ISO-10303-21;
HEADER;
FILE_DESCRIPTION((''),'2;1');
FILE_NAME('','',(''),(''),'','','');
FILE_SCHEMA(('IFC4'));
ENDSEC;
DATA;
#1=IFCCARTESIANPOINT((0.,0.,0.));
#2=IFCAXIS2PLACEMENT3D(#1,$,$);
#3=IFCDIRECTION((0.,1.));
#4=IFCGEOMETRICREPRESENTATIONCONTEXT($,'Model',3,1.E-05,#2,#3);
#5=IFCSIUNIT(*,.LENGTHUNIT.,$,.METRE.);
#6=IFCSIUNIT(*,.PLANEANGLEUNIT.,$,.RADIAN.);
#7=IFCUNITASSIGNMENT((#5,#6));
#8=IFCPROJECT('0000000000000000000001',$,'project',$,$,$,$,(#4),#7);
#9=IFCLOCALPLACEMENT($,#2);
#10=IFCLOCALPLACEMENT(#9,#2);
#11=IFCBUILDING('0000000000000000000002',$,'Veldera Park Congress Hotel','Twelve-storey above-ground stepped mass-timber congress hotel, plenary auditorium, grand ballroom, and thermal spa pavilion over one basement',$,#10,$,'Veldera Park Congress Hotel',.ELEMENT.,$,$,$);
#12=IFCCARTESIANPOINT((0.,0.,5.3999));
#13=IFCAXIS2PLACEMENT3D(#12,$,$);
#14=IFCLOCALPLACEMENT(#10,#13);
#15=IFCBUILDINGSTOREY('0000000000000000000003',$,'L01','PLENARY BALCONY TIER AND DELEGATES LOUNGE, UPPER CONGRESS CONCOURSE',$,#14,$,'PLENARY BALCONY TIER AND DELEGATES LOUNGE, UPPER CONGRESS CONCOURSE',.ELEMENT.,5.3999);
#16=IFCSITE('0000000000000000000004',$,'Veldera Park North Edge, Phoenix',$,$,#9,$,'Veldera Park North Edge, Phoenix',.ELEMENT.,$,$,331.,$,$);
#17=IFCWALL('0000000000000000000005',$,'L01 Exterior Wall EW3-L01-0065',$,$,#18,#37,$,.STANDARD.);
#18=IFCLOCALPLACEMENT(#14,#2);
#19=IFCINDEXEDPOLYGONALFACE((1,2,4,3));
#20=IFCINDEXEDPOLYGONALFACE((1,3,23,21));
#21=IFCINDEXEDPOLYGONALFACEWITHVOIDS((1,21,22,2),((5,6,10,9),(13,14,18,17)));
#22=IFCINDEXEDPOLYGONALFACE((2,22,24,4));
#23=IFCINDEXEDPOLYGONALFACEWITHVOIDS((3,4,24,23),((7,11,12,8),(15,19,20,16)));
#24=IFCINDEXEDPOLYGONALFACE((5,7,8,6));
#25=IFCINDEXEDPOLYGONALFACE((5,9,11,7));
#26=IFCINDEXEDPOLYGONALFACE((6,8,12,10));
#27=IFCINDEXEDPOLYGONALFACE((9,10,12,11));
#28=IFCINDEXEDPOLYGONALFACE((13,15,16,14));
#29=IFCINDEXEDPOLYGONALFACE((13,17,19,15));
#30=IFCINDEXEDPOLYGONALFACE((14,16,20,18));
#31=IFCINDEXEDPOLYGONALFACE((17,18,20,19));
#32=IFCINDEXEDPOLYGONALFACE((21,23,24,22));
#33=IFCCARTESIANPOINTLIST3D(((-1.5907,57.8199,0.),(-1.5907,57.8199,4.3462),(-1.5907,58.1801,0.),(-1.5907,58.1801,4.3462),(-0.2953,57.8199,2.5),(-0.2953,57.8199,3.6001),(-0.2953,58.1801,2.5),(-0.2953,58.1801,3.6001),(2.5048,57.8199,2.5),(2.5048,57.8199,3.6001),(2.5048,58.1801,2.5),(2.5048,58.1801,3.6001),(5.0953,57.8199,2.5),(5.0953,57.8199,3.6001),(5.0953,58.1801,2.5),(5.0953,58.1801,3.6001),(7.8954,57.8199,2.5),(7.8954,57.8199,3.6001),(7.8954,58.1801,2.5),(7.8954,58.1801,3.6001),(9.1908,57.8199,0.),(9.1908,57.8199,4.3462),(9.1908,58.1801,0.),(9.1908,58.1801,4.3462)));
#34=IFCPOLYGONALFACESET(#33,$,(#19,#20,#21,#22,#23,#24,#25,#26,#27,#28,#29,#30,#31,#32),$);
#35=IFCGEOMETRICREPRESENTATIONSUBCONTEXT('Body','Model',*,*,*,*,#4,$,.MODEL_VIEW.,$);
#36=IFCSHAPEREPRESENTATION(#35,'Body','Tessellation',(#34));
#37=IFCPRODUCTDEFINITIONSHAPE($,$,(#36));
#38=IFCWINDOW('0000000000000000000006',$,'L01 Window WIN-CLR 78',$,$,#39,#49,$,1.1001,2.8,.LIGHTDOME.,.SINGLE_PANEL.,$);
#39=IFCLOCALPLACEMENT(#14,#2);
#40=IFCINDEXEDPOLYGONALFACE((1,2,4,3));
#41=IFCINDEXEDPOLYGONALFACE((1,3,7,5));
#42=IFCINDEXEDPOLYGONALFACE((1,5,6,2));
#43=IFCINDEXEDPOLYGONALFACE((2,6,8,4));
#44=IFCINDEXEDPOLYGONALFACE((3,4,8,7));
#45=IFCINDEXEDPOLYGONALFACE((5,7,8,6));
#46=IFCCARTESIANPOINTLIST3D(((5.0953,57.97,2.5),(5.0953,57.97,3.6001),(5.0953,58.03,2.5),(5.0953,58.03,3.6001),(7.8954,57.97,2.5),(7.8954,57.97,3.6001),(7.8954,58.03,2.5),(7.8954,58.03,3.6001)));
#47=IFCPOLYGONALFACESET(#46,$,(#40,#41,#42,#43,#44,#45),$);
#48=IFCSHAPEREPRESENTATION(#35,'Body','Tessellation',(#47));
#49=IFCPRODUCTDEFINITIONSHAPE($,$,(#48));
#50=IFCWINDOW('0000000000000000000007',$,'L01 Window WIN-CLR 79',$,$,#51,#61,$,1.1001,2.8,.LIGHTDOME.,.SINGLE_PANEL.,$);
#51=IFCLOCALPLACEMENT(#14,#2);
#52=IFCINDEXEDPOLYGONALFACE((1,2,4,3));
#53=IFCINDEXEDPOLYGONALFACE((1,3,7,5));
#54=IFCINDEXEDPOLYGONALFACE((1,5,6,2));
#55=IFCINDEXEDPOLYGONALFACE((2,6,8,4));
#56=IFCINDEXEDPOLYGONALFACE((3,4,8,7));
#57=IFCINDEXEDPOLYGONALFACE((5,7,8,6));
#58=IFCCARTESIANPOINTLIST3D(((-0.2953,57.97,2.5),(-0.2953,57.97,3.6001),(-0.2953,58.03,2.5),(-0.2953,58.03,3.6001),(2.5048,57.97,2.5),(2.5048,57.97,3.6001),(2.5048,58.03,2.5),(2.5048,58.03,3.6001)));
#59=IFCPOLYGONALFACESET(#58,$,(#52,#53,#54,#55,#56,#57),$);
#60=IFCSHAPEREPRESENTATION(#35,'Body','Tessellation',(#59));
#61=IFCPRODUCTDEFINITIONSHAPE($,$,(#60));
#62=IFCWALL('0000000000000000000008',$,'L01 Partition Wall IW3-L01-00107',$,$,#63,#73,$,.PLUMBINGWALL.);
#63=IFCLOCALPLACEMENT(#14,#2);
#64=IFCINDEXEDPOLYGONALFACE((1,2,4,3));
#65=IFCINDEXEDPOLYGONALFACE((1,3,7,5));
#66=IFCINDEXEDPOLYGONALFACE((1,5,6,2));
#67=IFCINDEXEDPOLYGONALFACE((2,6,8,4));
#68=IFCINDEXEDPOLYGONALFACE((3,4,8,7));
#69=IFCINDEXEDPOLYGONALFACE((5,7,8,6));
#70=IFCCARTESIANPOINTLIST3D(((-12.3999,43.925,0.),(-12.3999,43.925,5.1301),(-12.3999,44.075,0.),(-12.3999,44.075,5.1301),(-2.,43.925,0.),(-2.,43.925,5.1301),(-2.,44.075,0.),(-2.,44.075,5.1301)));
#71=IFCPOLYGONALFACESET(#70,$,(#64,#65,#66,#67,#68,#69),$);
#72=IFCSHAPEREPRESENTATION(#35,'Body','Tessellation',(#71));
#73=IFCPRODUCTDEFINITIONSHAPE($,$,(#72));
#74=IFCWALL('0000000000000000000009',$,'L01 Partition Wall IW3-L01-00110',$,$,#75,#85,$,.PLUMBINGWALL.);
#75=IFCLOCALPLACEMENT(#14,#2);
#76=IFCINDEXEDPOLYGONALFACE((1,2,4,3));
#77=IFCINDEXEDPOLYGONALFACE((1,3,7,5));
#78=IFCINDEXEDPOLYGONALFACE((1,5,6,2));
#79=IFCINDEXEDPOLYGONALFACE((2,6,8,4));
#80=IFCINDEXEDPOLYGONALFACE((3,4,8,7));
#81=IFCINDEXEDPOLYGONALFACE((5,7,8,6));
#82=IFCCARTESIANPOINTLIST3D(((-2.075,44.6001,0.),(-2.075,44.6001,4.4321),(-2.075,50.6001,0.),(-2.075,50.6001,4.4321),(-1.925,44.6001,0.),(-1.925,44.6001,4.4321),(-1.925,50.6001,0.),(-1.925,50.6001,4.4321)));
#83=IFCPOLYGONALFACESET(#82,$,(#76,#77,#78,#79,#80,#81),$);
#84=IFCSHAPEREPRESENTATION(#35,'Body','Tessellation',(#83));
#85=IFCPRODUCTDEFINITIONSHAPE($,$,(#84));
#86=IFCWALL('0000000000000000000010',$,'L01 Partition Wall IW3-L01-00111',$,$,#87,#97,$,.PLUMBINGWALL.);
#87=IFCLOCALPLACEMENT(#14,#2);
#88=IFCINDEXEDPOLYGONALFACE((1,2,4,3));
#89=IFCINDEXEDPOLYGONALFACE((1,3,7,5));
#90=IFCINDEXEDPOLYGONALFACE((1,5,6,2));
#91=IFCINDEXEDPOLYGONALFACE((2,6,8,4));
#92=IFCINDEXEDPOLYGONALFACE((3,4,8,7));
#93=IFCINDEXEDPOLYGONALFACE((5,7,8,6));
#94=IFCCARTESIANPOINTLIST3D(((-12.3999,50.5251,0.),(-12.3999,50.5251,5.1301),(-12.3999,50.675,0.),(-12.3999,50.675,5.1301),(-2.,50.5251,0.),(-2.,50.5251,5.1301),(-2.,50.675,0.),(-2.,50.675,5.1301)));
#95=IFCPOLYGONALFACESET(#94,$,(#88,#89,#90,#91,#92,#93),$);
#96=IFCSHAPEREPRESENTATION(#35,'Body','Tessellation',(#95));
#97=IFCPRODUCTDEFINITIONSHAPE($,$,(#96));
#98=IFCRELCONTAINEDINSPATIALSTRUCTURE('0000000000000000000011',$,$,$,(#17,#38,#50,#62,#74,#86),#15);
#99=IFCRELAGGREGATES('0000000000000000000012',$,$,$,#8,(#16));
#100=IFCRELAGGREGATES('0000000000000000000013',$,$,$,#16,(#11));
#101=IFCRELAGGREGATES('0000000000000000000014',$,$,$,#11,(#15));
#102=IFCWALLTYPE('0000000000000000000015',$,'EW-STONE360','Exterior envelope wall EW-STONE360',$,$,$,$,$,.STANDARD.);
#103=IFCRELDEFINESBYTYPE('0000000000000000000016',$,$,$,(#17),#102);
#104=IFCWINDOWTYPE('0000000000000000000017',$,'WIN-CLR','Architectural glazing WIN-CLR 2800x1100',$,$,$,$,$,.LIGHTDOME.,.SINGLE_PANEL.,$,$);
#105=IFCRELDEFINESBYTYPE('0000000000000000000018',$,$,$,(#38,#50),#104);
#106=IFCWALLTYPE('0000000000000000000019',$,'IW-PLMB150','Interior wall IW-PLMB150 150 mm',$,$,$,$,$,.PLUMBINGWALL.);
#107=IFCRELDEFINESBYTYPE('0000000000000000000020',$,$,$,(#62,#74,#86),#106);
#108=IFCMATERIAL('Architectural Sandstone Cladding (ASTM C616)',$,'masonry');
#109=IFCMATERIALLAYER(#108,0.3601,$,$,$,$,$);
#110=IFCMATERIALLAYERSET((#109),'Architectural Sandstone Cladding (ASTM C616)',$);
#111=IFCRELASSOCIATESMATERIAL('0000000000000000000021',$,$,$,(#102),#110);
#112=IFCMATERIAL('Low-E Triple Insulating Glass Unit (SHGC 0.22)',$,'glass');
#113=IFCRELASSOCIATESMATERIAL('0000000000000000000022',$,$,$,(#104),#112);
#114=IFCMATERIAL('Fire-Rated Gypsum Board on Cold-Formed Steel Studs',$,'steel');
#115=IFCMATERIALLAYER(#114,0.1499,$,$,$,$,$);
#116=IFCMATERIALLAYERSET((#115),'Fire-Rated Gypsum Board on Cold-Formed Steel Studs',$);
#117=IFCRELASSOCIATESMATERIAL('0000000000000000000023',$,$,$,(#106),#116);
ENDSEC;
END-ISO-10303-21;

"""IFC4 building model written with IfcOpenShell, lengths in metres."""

from ifc_helpers import new_model, si_unit, direction, frame, frame_2d, origin, place, context, subcontext, project, spatial, rectangle, extrude, material, layer, layer_set, type_object, element, fill, save


model = new_model("IFC4")

# Units and contexts
model_context = context("Model", 3, precision=1e-05, world=origin(), true_north=direction((0.0, 1.0)))
body_context = subcontext(model_context, "Body", "Model", "MODEL_VIEW")
ifc_project = project(units=[si_unit("LENGTHUNIT", "METRE"), si_unit("PLANEANGLEUNIT", "RADIAN")], contexts=[model_context])

# Site, building, storey
site_placement = place(None, origin())
site = spatial("IfcSite", under=ifc_project, at=site_placement, Name="Veldera Park North Edge, Phoenix", LongName="Veldera Park North Edge, Phoenix", CompositionType="ELEMENT", RefElevation=331.0)
building_placement = place(site_placement, origin())
building = spatial("IfcBuilding", under=site, at=building_placement, Name="Veldera Park Congress Hotel", Description="Twelve-storey above-ground stepped mass-timber congress hotel, plenary auditorium, grand ballroom, and thermal spa pavilion over one basement", LongName="Veldera Park Congress Hotel", CompositionType="ELEMENT")
storey_placement = place(building_placement, frame((0.0, 0.0, 5.3999)))
storey = spatial("IfcBuildingStorey", under=building, at=storey_placement, Name="L01", Description="PLENARY BALCONY TIER AND DELEGATES LOUNGE, UPPER CONGRESS CONCOURSE", LongName="PLENARY BALCONY TIER AND DELEGATES LOUNGE, UPPER CONGRESS CONCOURSE", CompositionType="ELEMENT", Elevation=5.3999)

# Wall, openings, windows
ifc_material_1 = material(Name="Architectural Sandstone Cladding (ASTM C616)", Category="masonry")
ifc_layer_1 = layer(ifc_material_1, 0.3601)
ifc_layer_set_1 = layer_set([ifc_layer_1], Name="Architectural Sandstone Cladding (ASTM C616)")
wall_type_1 = type_object("IfcWallType", Name="EW-STONE360", Description="Exterior envelope wall EW-STONE360", PredefinedType="STANDARD", material=ifc_layer_set_1)
ifc_material_2 = material(Name="Low-E Triple Insulating Glass Unit (SHGC 0.22)", Category="glass")
wall_1_placement = place(storey_placement, frame((9.1907, 58.0, 0.0), z_axis=(0.0, 0.0, 1.0), x_axis=(-1.0, 0.0, 0.0)))
wall_1 = element("IfcWall", 1, at=wall_1_placement, inside=storey, type_object=wall_type_1, Name="L01 Exterior Wall EW3-L01-0065", PredefinedType="STANDARD", context=body_context, shape_type="SweptSolid", body=[
    extrude(rectangle(XDim=10.7815, YDim=0.3601, at=frame_2d((5.3906, 0.0))), origin(), (0.0, 0.0, 1.0), 4.3462),
])
opening_1_placement = place(wall_1_placement, frame((1.2954, 0.0, 2.5)))
opening_1 = element("IfcOpeningElement", 2, at=opening_1_placement, cuts=wall_1, PredefinedType="OPENING", context=body_context, shape_type="SweptSolid", body=[
    extrude(rectangle(XDim=2.8, YDim=1.1001, at=frame_2d((1.3999, 0.55))), frame((0.0, 0.1921, 0.0), z_axis=(0.0, -1.0, 0.0), x_axis=(1.0, 0.0, 0.0)), (0.0, 0.0, 1.0), 0.384),
])
opening_2_placement = place(wall_1_placement, frame((6.686, 0.0, 2.5)))
opening_2 = element("IfcOpeningElement", 3, at=opening_2_placement, cuts=wall_1, PredefinedType="OPENING", context=body_context, shape_type="SweptSolid", body=[
    extrude(rectangle(XDim=2.8, YDim=1.1001, at=frame_2d((1.3999, 0.55))), frame((0.0, 0.1921, 0.0), z_axis=(0.0, -1.0, 0.0), x_axis=(1.0, 0.0, 0.0)), (0.0, 0.0, 1.0), 0.384),
])
window_type_1 = type_object("IfcWindowType", Name="WIN-CLR", Description="Architectural glazing WIN-CLR 2800x1100", PartitioningType="SINGLE_PANEL", PredefinedType="LIGHTDOME", material=ifc_material_2)
window_1_placement = place(opening_1_placement, origin())
window_1 = element("IfcWindow", 4, at=window_1_placement, inside=storey, type_object=window_type_1, Name="L01 Window WIN-CLR 78", OverallHeight=1.1001, OverallWidth=2.8, PartitioningType="SINGLE_PANEL", PredefinedType="LIGHTDOME", context=body_context, shape_type="SweptSolid", body=[
    extrude(rectangle(XDim=2.8, YDim=1.1001, at=frame_2d((1.3999, 0.55))), frame((0.0, 0.03, 0.0), z_axis=(0.0, -1.0, 0.0), x_axis=(1.0, 0.0, 0.0)), (0.0, 0.0, 1.0), 0.0601),
])
fill(opening_1, window_1)
window_2_placement = place(opening_2_placement, origin())
window_2 = element("IfcWindow", 5, at=window_2_placement, inside=storey, type_object=window_type_1, Name="L01 Window WIN-CLR 79", OverallHeight=1.1001, OverallWidth=2.8, PartitioningType="SINGLE_PANEL", PredefinedType="LIGHTDOME", context=body_context, shape_type="SweptSolid", body=[
    extrude(rectangle(XDim=2.8, YDim=1.1001, at=frame_2d((1.3999, 0.55))), frame((0.0, 0.03, 0.0), z_axis=(0.0, -1.0, 0.0), x_axis=(1.0, 0.0, 0.0)), (0.0, 0.0, 1.0), 0.0601),
])
fill(opening_2, window_2)

# Walls
ifc_material_3 = material(Name="Fire-Rated Gypsum Board on Cold-Formed Steel Studs", Category="steel")
ifc_layer_2 = layer(ifc_material_3, 0.1499)
ifc_layer_set_2 = layer_set([ifc_layer_2], Name="Fire-Rated Gypsum Board on Cold-Formed Steel Studs")
wall_type_2 = type_object("IfcWallType", Name="IW-PLMB150", Description="Interior wall IW-PLMB150 150 mm", PredefinedType="PLUMBINGWALL", material=ifc_layer_set_2)
wall_2_placement = place(storey_placement, frame((-2.0, 44.0, 0.0), z_axis=(0.0, 0.0, 1.0), x_axis=(-1.0, 0.0, 0.0)))
element("IfcWall", 6, at=wall_2_placement, inside=storey, type_object=wall_type_2, Name="L01 Partition Wall IW3-L01-00107", PredefinedType="PLUMBINGWALL", context=body_context, shape_type="SweptSolid", body=[
    extrude(rectangle(XDim=10.3999, YDim=0.1499, at=frame_2d((5.2, 0.0))), origin(), (0.0, 0.0, 1.0), 5.1301),
])
wall_3_placement = place(storey_placement, frame((-2.0, 44.6001, 0.0), z_axis=(0.0, 0.0, 1.0), x_axis=(0.0, 1.0, 0.0)))
element("IfcWall", 7, at=wall_3_placement, inside=storey, type_object=wall_type_2, Name="L01 Partition Wall IW3-L01-00110", PredefinedType="PLUMBINGWALL", context=body_context, shape_type="SweptSolid", body=[
    extrude(rectangle(XDim=6.0, YDim=0.1499, at=frame_2d((3.0, 0.0))), origin(), (0.0, 0.0, 1.0), 4.4321),
])
wall_4_placement = place(storey_placement, frame((-2.0, 50.6001, 0.0), z_axis=(0.0, 0.0, 1.0), x_axis=(-1.0, 0.0, 0.0)))
element("IfcWall", 8, at=wall_4_placement, inside=storey, type_object=wall_type_2, Name="L01 Partition Wall IW3-L01-00111", PredefinedType="PLUMBINGWALL", context=body_context, shape_type="SweptSolid", body=[
    extrude(rectangle(XDim=10.3999, YDim=0.1499, at=frame_2d((5.2, 0.0))), origin(), (0.0, 0.0, 1.0), 5.1301),
])

save(model, "model.ifc")
